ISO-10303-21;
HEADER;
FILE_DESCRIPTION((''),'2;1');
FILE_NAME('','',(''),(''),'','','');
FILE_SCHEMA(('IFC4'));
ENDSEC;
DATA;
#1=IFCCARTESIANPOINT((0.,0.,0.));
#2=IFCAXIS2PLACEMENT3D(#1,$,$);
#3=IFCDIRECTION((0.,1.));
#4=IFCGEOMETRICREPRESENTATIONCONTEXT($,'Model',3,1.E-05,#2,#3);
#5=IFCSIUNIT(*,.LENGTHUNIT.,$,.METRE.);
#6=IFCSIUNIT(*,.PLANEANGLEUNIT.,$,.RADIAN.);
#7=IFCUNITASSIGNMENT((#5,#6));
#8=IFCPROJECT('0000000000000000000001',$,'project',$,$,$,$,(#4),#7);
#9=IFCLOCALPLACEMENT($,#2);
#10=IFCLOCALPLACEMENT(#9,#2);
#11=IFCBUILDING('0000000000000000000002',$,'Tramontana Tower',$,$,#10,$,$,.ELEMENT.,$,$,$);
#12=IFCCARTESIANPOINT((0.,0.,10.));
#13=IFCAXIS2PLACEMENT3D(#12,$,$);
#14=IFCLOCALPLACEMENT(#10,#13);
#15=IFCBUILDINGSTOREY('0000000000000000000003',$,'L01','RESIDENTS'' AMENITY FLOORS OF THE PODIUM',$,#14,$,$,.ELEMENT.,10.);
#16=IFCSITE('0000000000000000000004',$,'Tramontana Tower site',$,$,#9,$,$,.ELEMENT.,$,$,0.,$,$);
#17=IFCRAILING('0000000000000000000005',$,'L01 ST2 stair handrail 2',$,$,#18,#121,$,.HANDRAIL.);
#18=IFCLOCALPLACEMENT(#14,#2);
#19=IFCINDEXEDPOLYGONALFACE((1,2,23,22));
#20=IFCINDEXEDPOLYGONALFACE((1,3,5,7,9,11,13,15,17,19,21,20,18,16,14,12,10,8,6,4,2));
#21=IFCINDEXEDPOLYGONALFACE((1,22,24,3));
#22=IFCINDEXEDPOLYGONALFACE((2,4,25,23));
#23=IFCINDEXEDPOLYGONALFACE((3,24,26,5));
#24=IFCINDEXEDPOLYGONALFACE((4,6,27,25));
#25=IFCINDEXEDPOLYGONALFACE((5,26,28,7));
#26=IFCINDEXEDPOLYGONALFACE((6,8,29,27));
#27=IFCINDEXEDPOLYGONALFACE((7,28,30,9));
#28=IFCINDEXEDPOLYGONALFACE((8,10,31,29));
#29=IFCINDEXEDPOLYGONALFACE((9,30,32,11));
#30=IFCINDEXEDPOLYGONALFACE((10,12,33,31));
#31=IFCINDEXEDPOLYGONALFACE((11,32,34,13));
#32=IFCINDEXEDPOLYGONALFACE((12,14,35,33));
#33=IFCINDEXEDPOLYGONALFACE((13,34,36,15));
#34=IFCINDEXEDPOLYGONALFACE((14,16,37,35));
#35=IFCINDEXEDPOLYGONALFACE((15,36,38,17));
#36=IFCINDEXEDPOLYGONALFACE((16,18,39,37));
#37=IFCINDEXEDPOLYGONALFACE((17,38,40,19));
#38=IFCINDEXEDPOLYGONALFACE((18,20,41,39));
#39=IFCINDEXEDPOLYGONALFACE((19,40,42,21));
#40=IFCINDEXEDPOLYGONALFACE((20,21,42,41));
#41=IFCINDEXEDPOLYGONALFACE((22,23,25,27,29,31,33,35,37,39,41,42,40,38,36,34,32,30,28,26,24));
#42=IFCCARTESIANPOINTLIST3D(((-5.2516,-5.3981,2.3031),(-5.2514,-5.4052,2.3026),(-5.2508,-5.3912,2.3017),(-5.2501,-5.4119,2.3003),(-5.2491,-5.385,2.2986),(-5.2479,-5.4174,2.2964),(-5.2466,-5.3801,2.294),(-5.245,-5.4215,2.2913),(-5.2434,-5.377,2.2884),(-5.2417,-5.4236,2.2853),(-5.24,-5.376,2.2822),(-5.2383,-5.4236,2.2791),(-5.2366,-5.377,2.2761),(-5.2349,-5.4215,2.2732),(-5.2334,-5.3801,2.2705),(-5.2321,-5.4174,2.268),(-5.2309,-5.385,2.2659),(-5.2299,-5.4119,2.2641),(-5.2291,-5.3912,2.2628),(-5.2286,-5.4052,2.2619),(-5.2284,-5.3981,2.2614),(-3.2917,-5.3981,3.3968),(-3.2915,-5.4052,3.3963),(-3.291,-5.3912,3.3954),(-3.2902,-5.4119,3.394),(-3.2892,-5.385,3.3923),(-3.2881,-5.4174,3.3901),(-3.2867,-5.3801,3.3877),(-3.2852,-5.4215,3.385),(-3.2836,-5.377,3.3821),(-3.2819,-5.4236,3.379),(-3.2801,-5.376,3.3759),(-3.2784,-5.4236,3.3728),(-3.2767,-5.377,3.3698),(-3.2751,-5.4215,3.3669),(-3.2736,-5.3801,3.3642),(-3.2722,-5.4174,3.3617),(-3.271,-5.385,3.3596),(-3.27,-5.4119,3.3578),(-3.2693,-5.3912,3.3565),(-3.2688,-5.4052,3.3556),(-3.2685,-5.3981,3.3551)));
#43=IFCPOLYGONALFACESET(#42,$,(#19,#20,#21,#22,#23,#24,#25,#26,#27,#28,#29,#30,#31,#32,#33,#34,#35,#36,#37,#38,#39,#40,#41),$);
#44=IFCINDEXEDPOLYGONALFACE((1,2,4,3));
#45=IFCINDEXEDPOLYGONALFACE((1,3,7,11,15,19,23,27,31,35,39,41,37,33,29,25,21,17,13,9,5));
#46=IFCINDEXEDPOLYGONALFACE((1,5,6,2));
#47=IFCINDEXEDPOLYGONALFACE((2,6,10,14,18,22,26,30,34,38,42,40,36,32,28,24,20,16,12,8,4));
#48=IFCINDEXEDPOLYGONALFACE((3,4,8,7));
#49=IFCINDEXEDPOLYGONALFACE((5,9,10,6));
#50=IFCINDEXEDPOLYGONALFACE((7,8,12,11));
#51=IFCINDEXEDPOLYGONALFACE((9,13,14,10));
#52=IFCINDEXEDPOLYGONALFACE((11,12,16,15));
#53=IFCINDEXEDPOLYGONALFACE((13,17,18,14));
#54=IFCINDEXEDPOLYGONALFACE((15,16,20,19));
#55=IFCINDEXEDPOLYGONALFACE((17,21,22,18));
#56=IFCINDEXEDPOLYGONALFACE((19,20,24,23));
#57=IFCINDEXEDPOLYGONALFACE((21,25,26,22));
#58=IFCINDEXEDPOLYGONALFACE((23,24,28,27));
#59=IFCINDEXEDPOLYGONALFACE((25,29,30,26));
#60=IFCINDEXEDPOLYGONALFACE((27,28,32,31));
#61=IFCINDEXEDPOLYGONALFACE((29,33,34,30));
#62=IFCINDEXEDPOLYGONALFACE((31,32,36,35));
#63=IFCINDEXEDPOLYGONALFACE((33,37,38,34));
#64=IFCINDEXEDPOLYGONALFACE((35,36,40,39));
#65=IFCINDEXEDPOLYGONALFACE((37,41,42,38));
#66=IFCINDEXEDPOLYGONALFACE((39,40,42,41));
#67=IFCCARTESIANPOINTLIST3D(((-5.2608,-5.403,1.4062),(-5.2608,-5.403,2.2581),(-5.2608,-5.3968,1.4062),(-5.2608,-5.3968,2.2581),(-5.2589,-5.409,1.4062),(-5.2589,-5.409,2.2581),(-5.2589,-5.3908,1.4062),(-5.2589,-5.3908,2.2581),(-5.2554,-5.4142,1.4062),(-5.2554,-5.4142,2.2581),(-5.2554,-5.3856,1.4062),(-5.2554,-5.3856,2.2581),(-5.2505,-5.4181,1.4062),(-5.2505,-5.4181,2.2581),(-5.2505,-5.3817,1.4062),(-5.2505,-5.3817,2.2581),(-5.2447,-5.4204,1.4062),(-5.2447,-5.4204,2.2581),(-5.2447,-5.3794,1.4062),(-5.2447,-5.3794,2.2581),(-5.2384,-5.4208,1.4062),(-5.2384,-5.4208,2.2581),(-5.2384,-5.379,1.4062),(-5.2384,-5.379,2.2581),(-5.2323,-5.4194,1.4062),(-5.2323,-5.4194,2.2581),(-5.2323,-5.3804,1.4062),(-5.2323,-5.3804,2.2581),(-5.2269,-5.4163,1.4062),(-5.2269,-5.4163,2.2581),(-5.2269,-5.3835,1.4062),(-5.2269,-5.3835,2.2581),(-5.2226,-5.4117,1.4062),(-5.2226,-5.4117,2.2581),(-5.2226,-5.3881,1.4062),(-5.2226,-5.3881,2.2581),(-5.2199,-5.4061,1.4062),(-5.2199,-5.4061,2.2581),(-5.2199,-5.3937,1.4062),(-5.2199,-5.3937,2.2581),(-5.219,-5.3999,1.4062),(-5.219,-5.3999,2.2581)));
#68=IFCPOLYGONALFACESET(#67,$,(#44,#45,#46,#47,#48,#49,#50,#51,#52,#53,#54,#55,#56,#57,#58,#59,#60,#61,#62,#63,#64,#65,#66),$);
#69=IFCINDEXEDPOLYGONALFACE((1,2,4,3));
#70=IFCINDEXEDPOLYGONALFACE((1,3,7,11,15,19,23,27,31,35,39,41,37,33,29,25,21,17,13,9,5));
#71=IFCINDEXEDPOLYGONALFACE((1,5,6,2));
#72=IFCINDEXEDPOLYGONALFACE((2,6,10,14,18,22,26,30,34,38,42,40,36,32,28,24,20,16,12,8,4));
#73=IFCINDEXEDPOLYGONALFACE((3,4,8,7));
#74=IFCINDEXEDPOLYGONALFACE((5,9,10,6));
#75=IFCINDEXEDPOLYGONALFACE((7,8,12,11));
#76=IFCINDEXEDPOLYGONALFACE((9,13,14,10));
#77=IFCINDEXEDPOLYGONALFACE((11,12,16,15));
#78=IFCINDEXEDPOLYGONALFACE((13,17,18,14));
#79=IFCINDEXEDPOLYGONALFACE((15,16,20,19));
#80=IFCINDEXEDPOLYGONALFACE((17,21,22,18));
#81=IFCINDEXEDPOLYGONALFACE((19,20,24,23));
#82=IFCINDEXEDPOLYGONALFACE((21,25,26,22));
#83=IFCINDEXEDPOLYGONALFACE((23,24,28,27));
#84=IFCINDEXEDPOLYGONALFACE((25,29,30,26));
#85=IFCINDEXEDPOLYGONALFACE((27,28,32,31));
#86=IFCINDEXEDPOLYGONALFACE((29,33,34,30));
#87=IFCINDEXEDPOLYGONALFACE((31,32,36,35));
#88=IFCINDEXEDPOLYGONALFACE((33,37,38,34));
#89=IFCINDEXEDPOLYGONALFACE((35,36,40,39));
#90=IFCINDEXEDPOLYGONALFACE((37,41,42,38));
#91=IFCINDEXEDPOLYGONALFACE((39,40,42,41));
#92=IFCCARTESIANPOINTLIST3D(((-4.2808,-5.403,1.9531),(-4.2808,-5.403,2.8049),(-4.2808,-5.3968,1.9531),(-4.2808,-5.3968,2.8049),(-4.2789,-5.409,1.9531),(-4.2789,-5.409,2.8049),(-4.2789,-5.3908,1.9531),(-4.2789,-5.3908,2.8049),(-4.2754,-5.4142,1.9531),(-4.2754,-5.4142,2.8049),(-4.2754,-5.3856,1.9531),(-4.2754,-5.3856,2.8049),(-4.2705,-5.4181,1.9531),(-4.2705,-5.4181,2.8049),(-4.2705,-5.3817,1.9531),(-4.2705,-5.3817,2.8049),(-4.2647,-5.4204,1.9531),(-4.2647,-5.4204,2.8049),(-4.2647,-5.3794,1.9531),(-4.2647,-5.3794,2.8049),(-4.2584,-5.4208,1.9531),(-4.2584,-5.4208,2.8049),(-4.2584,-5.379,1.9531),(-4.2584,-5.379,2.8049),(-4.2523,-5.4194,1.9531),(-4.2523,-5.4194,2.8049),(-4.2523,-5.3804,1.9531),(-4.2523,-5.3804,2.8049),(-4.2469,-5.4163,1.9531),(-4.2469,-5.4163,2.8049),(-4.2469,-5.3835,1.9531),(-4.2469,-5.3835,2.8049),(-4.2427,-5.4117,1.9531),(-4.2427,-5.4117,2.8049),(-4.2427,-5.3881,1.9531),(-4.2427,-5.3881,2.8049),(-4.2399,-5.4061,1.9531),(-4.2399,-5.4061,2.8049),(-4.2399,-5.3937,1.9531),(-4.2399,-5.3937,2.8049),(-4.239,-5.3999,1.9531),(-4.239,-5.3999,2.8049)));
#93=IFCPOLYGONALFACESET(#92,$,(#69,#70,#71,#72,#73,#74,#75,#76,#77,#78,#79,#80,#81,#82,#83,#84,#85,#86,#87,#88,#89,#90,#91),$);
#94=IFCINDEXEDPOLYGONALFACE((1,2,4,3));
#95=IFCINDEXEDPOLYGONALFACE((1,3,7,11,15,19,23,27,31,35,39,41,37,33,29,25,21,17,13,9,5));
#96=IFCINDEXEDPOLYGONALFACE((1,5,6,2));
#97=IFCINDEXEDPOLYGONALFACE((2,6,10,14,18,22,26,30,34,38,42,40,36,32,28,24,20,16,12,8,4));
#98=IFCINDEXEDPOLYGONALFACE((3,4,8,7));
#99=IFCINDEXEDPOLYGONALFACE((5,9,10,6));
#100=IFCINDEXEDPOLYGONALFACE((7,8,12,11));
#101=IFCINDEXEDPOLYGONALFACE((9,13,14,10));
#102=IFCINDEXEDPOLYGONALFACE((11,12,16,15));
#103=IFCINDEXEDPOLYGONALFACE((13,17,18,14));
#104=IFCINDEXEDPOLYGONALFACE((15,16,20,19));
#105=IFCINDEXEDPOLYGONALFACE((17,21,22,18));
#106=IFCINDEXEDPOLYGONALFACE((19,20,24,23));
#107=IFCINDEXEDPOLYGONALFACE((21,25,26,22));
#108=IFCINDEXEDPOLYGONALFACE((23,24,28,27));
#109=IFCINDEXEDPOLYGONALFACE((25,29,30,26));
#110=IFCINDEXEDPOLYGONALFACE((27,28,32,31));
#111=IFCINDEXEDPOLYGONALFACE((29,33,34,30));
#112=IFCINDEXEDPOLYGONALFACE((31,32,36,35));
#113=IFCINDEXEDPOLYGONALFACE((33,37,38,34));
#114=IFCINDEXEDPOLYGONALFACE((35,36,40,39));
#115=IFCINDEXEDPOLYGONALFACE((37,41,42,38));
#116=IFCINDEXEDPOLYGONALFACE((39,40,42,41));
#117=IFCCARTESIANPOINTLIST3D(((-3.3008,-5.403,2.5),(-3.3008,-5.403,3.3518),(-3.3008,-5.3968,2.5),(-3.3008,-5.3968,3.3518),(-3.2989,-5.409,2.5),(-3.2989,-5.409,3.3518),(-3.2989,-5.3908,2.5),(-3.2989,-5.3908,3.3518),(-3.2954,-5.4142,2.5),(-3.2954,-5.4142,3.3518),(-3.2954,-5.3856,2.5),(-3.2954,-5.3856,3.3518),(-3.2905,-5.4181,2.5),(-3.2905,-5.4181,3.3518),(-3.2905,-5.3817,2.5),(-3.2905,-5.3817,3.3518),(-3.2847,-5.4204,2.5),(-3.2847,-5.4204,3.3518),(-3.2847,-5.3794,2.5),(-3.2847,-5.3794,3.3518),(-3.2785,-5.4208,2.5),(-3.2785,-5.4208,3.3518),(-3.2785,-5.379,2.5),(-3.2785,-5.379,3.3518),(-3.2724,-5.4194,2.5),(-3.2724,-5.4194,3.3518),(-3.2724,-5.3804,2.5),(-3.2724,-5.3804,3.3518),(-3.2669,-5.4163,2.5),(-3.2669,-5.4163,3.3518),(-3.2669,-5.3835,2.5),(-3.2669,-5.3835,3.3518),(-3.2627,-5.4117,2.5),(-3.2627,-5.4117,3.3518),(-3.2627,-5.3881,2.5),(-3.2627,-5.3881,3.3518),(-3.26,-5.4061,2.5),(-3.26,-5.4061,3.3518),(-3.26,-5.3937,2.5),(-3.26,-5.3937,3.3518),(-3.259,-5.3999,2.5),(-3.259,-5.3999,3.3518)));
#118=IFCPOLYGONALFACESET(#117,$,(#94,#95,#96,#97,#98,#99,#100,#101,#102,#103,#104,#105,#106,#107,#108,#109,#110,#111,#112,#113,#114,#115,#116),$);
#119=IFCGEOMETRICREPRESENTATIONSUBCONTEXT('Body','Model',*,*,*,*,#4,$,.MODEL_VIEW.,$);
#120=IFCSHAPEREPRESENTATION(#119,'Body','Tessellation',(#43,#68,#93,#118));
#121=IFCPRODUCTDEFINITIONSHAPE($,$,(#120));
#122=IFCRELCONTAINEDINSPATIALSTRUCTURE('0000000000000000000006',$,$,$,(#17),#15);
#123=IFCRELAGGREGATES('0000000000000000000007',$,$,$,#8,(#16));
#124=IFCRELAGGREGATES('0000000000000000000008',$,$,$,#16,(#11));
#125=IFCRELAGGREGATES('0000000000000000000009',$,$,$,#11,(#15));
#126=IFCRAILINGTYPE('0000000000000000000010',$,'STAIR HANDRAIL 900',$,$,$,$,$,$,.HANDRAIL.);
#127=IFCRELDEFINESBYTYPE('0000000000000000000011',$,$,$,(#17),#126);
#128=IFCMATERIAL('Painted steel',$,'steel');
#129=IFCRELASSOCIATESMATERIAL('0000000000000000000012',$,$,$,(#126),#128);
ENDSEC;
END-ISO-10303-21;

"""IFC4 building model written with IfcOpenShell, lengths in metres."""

from ifc_helpers import new_model, si_unit, direction, frame, origin, origin_2d, place, context, subcontext, project, spatial, circle, extrude, material, type_object, element, save


model = new_model("IFC4")

# Units and contexts
model_context = context("Model", 3, precision=1e-05, world=origin(), true_north=direction((0.0, 1.0)))
body_context = subcontext(model_context, "Body", "Model", "MODEL_VIEW")
ifc_project = project(units=[si_unit("LENGTHUNIT", "METRE"), si_unit("PLANEANGLEUNIT", "RADIAN")], contexts=[model_context])

# Site, building, storey
site_placement = place(None, origin())
site = spatial("IfcSite", under=ifc_project, at=site_placement, Name="Tramontana Tower site", CompositionType="ELEMENT", RefElevation=0.0)
building_placement = place(site_placement, origin())
building = spatial("IfcBuilding", under=site, at=building_placement, Name="Tramontana Tower", CompositionType="ELEMENT")
storey_placement = place(building_placement, frame((0.0, 0.0, 10.0)))
storey = spatial("IfcBuildingStorey", under=building, at=storey_placement, Name="L01", Description="RESIDENTS' AMENITY FLOORS OF THE PODIUM", CompositionType="ELEMENT", Elevation=10.0)

# Railing
ifc_material_1 = material(Name="Painted steel", Category="steel")
railing_type_1 = type_object("IfcRailingType", Name="STAIR HANDRAIL 900", PredefinedType="HANDRAIL", material=ifc_material_1)
railing_1_placement = place(storey_placement, frame((-5.24, -5.3999, 1.4062)))
element("IfcRailing", 1, at=railing_1_placement, inside=storey, type_object=railing_type_1, Name="L01 ST2 stair handrail 2", PredefinedType="HANDRAIL", context=body_context, shape_type="SweptSolid", body=[
    extrude(circle(Radius=0.0239, at=origin_2d()), frame((0.0, 0.0, 0.876), z_axis=(0.873232, 0.0, 0.487304), x_axis=(0.0, 1.0, 0.0)), (0.0, 0.0, 1.0), 2.2444),
    extrude(circle(Radius=0.021, at=origin_2d()), origin(), (0.0, 0.0, 1.0), 0.8518),
    extrude(circle(Radius=0.021, at=origin_2d()), frame((0.98, 0.0, 0.5469)), (0.0, 0.0, 1.0), 0.8518),
    extrude(circle(Radius=0.021, at=origin_2d()), frame((1.96, 0.0, 1.0938)), (0.0, 0.0, 1.0), 0.8518),
])

save(model, "model.ifc")
